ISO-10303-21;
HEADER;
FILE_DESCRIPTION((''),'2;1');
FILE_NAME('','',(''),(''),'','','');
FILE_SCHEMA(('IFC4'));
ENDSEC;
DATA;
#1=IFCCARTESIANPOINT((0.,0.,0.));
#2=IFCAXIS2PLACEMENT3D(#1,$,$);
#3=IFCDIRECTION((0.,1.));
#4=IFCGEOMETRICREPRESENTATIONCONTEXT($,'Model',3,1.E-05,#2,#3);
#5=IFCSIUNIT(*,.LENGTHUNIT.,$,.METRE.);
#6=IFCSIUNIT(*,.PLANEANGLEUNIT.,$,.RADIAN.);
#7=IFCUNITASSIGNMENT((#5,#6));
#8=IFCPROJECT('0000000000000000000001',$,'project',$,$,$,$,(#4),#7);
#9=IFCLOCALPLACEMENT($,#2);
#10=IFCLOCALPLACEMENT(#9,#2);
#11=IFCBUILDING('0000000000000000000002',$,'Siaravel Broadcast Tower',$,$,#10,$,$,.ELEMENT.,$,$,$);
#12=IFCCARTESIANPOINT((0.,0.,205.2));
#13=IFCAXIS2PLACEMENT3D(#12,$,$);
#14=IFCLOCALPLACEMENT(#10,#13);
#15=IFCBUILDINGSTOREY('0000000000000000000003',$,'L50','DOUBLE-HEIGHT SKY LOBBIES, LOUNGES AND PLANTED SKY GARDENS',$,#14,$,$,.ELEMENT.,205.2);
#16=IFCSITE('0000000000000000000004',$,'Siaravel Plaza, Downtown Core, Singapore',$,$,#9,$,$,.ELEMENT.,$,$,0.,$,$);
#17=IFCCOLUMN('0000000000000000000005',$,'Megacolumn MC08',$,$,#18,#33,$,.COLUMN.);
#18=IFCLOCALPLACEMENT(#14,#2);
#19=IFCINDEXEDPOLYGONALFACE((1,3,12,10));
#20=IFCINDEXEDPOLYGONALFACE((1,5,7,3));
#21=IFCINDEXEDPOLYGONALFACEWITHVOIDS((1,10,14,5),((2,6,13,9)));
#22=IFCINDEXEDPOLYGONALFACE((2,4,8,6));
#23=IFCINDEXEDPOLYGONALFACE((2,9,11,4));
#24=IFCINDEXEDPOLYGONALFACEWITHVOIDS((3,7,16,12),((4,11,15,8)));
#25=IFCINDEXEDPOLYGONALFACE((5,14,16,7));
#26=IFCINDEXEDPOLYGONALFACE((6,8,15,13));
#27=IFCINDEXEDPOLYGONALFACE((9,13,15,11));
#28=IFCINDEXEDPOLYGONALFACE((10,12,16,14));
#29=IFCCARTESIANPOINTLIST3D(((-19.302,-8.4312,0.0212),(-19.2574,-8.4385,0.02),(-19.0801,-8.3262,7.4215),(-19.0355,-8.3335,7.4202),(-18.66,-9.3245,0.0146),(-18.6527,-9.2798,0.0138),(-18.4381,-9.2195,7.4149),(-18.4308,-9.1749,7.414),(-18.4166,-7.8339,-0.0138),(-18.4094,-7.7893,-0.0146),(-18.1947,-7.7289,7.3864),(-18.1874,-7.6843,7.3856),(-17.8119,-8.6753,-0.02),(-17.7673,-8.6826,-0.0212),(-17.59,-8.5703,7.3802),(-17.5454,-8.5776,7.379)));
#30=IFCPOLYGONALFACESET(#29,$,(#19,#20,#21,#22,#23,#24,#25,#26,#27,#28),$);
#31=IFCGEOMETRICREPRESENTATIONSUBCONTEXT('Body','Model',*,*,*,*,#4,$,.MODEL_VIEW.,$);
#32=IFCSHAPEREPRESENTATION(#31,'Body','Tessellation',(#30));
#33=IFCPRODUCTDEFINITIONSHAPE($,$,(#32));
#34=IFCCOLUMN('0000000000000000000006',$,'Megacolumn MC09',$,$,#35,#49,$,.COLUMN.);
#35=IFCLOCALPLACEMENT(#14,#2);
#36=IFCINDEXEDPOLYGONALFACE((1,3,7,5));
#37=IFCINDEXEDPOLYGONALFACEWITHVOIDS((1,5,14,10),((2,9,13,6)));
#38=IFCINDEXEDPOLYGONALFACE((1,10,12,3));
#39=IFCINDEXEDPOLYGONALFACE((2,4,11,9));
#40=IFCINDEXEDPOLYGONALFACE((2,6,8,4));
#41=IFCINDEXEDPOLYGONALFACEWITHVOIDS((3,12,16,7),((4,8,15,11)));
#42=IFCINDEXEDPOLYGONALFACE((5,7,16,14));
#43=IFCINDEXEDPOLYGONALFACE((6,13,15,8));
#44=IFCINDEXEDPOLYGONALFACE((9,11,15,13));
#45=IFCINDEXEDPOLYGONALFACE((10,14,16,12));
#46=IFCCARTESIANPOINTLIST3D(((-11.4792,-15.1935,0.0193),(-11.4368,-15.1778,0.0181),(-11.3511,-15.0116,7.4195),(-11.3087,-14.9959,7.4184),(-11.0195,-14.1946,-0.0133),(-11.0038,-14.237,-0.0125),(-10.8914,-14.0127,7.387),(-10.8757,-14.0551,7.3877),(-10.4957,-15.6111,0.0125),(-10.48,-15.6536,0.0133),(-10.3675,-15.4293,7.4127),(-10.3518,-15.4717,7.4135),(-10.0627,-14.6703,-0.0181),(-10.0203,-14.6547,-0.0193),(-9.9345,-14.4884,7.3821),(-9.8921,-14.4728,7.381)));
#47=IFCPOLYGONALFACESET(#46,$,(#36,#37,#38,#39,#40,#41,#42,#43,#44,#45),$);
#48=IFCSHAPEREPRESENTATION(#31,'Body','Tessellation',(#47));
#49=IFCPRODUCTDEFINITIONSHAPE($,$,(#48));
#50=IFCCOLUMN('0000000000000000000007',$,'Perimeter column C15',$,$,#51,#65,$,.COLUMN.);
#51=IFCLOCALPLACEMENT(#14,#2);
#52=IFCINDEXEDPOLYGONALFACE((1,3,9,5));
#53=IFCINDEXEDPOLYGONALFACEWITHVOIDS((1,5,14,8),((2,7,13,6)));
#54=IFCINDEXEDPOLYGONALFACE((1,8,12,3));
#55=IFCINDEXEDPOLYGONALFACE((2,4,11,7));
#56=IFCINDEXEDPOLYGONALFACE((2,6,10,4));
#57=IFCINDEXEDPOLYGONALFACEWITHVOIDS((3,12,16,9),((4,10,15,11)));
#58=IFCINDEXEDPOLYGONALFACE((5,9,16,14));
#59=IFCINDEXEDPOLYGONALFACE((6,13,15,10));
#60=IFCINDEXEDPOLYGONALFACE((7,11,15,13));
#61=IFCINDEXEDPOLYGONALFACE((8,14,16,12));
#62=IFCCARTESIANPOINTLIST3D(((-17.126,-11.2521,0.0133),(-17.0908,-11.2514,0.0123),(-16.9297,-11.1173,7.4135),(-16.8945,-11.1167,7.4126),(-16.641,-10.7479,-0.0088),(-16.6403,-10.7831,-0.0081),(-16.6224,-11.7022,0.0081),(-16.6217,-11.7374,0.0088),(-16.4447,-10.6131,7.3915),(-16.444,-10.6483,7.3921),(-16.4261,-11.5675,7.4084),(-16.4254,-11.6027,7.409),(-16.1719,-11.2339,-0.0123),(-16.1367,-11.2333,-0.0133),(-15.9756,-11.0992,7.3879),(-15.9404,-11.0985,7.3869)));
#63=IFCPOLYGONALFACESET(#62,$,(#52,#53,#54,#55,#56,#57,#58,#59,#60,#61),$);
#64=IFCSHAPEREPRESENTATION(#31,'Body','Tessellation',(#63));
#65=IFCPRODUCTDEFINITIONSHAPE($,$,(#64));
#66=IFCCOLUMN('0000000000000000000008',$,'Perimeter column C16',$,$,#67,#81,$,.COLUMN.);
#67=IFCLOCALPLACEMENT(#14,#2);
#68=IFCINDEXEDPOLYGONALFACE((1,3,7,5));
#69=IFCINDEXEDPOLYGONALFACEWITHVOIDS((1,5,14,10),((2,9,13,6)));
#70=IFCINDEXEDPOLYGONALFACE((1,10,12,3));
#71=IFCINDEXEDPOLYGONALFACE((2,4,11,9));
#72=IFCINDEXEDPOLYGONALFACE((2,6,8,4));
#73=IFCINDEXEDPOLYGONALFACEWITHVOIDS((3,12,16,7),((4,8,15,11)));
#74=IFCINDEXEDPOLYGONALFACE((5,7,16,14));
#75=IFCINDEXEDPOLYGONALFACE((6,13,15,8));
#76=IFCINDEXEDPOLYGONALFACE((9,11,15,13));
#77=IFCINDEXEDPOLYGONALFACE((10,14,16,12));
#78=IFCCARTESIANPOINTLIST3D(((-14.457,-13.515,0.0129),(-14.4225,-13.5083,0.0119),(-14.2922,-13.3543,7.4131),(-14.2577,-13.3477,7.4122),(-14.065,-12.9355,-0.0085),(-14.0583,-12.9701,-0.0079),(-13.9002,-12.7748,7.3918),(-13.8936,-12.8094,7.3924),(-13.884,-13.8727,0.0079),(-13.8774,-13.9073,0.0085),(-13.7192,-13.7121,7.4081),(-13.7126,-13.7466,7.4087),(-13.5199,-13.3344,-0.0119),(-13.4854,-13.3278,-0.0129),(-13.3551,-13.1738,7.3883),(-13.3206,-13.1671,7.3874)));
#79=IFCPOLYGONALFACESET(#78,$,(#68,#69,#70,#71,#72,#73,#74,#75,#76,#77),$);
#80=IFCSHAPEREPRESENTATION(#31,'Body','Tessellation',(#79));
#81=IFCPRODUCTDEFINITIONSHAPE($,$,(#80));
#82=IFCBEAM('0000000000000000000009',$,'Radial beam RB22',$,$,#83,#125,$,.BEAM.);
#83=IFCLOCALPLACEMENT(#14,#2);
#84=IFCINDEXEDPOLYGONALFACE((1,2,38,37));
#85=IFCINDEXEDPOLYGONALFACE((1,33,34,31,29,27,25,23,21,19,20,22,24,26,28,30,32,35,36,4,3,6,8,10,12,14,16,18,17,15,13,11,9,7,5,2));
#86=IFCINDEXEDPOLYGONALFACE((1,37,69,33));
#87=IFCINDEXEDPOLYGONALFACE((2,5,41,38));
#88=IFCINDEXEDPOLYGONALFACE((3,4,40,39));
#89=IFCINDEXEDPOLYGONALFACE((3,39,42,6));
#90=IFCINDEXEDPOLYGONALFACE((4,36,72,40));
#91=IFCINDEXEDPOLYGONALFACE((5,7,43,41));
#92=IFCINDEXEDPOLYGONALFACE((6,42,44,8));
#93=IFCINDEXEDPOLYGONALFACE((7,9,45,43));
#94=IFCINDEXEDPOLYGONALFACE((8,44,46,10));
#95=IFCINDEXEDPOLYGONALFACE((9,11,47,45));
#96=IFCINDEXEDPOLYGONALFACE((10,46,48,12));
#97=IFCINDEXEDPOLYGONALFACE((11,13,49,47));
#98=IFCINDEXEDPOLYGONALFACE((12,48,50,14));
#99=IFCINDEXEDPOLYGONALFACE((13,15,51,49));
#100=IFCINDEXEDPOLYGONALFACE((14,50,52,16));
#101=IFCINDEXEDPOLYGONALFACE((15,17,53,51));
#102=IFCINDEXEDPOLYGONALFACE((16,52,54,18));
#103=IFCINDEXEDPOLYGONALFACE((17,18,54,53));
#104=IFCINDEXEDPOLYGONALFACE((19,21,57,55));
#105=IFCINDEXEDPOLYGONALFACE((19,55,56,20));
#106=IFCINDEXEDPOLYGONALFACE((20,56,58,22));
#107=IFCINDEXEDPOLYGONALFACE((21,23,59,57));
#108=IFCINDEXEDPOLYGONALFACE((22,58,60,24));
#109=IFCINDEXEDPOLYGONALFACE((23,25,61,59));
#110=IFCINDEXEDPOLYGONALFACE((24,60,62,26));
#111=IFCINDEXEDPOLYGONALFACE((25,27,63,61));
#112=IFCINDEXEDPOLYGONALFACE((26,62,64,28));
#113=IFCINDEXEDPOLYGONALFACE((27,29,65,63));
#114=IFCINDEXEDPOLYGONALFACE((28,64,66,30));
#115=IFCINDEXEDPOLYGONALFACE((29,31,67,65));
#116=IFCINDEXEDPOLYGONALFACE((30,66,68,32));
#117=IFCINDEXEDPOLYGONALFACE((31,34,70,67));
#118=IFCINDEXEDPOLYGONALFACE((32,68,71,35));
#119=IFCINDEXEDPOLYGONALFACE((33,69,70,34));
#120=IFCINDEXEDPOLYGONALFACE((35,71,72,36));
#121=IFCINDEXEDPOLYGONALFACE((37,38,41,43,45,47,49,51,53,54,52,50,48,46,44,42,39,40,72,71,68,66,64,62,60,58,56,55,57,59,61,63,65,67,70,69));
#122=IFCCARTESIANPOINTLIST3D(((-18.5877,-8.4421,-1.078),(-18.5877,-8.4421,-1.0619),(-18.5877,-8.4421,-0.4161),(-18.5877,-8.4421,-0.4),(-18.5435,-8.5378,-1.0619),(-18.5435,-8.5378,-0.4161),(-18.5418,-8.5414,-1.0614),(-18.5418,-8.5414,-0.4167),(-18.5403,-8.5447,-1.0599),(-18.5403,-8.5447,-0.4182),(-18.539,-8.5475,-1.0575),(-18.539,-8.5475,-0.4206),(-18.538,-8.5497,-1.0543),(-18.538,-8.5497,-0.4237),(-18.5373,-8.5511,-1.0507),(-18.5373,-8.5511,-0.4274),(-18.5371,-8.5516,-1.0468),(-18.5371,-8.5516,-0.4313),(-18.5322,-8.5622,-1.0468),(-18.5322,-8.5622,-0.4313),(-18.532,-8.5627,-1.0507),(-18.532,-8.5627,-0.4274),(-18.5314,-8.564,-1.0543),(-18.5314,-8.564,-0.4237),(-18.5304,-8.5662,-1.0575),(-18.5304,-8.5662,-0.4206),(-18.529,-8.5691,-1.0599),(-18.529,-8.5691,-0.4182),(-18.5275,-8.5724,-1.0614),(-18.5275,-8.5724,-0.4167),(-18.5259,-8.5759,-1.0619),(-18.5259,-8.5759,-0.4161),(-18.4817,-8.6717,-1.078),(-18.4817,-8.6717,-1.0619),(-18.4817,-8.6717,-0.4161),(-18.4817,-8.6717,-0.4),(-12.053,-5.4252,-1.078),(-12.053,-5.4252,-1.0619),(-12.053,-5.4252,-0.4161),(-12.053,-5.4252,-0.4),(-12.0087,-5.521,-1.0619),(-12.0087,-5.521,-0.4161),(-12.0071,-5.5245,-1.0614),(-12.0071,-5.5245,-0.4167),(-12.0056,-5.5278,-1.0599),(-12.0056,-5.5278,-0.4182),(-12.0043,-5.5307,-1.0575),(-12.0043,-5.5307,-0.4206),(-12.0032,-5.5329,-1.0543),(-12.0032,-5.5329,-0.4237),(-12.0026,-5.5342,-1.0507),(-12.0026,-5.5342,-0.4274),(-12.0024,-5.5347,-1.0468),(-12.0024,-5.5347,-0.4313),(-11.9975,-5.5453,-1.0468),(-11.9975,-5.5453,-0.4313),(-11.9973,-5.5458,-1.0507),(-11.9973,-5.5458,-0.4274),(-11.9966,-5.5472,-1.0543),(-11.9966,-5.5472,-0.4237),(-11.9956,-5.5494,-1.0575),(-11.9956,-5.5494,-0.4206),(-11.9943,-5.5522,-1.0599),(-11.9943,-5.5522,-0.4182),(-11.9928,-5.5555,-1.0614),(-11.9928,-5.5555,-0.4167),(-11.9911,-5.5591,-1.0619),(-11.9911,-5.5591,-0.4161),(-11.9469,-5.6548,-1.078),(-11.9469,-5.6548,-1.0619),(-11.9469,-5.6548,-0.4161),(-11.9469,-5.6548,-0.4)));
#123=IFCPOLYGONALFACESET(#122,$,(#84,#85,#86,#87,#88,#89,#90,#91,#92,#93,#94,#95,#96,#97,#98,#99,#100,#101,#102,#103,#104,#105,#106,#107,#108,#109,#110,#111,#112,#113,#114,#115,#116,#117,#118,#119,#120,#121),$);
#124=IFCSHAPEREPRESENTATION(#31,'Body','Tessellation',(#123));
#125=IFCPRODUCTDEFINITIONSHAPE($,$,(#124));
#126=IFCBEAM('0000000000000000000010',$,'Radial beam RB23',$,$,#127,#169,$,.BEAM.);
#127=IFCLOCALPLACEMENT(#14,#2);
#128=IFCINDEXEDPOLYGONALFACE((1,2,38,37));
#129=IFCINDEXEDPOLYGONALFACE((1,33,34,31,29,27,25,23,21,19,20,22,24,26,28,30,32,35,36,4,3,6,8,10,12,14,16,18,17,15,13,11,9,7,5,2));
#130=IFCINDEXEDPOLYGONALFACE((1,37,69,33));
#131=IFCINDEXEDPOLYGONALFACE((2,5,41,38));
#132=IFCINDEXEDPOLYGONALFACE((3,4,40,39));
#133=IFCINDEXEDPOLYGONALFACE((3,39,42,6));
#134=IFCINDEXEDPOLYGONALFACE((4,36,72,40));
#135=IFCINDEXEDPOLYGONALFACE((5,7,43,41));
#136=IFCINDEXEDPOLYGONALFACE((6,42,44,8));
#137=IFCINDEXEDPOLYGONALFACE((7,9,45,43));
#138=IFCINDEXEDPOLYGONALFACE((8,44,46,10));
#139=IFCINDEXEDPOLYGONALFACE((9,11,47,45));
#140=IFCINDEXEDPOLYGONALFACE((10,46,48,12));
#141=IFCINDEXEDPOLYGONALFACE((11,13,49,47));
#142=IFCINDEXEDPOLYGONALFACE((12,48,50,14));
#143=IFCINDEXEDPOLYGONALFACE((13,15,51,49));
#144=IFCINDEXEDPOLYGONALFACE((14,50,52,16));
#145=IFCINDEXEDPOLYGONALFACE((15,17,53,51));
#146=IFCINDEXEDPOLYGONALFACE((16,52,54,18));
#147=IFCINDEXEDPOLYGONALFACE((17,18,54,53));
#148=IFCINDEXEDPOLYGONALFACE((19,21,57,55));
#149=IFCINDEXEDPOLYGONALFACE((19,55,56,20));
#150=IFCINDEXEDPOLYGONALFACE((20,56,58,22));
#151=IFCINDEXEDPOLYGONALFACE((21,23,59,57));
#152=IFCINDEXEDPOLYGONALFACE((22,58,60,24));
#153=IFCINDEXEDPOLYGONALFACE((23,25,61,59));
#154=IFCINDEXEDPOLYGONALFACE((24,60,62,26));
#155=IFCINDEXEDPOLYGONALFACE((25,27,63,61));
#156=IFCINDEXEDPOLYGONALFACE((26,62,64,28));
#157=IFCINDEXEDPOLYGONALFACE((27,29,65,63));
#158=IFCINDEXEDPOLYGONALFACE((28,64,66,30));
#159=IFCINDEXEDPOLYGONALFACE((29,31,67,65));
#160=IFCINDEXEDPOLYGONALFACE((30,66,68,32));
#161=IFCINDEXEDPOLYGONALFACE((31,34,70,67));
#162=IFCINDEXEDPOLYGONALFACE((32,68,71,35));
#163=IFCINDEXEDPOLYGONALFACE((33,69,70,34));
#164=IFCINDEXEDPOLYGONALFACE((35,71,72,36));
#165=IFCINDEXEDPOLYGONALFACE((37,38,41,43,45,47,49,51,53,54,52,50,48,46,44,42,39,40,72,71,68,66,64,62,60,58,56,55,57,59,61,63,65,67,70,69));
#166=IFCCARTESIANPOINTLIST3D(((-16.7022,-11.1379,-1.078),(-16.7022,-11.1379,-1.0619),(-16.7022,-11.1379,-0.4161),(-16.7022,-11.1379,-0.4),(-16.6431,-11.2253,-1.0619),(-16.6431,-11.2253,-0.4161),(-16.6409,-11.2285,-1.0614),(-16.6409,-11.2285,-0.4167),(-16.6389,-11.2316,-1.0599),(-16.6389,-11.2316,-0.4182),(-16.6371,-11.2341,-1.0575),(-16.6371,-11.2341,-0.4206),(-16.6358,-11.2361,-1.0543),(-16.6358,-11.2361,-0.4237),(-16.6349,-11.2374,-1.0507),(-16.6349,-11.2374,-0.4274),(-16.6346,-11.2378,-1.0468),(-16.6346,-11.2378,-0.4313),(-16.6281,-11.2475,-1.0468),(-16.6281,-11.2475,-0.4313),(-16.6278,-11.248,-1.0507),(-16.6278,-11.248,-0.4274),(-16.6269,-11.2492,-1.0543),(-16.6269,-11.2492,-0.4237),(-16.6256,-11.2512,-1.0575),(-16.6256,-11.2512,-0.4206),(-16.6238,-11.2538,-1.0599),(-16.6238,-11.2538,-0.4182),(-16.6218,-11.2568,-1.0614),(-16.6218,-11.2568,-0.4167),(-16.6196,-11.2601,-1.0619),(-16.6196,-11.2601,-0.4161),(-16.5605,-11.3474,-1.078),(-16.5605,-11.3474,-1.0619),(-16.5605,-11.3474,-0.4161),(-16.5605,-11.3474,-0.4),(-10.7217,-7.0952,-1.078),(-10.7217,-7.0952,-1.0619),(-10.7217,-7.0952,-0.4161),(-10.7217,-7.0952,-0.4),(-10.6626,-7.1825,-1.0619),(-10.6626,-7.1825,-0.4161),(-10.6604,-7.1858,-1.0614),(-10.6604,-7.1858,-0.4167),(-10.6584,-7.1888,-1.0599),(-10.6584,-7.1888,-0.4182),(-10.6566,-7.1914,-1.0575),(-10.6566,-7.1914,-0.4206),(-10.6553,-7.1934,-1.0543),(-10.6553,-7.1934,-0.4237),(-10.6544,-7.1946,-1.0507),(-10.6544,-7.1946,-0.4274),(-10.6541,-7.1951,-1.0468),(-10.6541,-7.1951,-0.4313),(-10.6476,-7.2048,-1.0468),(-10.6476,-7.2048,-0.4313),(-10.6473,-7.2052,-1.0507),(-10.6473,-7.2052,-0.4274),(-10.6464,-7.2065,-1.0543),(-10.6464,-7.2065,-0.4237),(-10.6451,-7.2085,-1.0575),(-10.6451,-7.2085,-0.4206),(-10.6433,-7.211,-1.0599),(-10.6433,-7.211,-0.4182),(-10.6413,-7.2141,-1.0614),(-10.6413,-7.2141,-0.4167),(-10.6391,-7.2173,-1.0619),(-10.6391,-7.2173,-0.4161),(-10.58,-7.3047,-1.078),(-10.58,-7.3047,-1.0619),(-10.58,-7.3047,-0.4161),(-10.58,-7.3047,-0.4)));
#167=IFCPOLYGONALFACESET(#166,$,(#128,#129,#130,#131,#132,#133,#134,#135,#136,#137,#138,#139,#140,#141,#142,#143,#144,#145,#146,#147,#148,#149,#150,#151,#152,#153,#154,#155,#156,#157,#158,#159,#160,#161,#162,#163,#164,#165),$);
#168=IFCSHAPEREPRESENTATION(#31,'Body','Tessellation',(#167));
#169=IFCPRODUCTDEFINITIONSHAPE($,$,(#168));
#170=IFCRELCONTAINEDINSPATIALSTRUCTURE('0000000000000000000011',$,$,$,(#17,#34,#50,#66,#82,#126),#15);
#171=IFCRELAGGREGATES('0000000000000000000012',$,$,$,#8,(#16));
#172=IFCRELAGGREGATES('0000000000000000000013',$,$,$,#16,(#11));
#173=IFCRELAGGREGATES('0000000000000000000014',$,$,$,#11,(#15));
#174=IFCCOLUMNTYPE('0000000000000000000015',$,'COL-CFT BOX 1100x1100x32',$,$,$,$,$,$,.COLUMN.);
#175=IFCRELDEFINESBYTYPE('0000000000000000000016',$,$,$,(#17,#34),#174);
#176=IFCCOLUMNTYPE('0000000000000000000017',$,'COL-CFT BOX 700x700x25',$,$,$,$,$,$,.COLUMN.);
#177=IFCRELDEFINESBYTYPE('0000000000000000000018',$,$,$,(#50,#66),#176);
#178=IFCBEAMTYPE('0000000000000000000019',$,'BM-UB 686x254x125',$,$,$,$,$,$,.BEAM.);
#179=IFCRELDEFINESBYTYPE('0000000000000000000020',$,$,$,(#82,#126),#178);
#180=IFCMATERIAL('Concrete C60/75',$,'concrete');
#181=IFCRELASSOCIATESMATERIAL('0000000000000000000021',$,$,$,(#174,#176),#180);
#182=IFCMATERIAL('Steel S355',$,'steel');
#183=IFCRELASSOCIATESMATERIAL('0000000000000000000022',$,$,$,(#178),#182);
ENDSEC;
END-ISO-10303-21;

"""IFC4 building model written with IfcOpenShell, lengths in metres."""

from ifc_helpers import new_model, si_unit, direction, frame, origin, origin_2d, place, context, subcontext, project, spatial, hollow_rectangle, i_section, extrude, material, material_profile, profile_set, type_object, element, save


model = new_model("IFC4")

# Units and contexts
model_context = context("Model", 3, precision=1e-05, world=origin(), true_north=direction((0.0, 1.0)))
body_context = subcontext(model_context, "Body", "Model", "MODEL_VIEW")
ifc_project = project(units=[si_unit("LENGTHUNIT", "METRE"), si_unit("PLANEANGLEUNIT", "RADIAN")], contexts=[model_context])

# Site, building, storey
site_placement = place(None, origin())
site = spatial("IfcSite", under=ifc_project, at=site_placement, Name="Siaravel Plaza, Downtown Core, Singapore", CompositionType="ELEMENT", RefElevation=0.0)
building_placement = place(site_placement, origin())
building = spatial("IfcBuilding", under=site, at=building_placement, Name="Siaravel Broadcast Tower", CompositionType="ELEMENT")
storey_placement = place(building_placement, frame((0.0, 0.0, 205.2)))
storey = spatial("IfcBuildingStorey", under=building, at=storey_placement, Name="L50", Description="DOUBLE-HEIGHT SKY LOBBIES, LOUNGES AND PLANTED SKY GARDENS", CompositionType="ELEMENT", Elevation=205.2)

# Columns
ifc_material_1 = material(Name="Concrete C60/75", Category="concrete")
ifc_material_profile_1 = material_profile(ifc_material_1, hollow_rectangle(XDim=1.1001, YDim=1.1001, WallThickness=0.032, at=origin_2d()))
ifc_profile_set_1 = profile_set([ifc_material_profile_1], Name="Concrete C60/75")
column_type_1 = type_object("IfcColumnType", Name="COL-CFT BOX 1100x1100x32", PredefinedType="COLUMN", material=ifc_profile_set_1)
column_1_placement = place(storey_placement, frame((-18.5347, -8.5569, 0.0), z_axis=(0.029973, 0.014178, 0.99945), x_axis=(-0.583641, 0.81199, 0.005984)))
element("IfcColumn", 1, at=column_1_placement, inside=storey, type_object=column_type_1, Name="Megacolumn MC08", PredefinedType="COLUMN", context=body_context, shape_type="SweptSolid", body=[
    extrude(hollow_rectangle(XDim=1.1001, YDim=1.1001, WallThickness=0.032, at=origin_2d()), origin(), (0.0, 0.0, 1.0), 7.4043),
])
column_2_placement = place(storey_placement, frame((-10.7498, -14.9241, 0.0), z_axis=(0.017313, 0.024567, 0.999548), x_axis=(-0.908335, 0.418208, 0.005454)))
element("IfcColumn", 2, at=column_2_placement, inside=storey, type_object=column_type_1, Name="Megacolumn MC09", PredefinedType="COLUMN", context=body_context, shape_type="SweptSolid", body=[
    extrude(hollow_rectangle(XDim=1.1001, YDim=1.1001, WallThickness=0.032, at=origin_2d()), origin(), (0.0, 0.0, 1.0), 7.4036),
])
ifc_material_profile_2 = material_profile(ifc_material_1, hollow_rectangle(XDim=0.7, YDim=0.7, WallThickness=0.0249, at=origin_2d()))
ifc_profile_set_2 = profile_set([ifc_material_profile_2], Name="Concrete C60/75")
column_type_2 = type_object("IfcColumnType", Name="COL-CFT BOX 700x700x25", PredefinedType="COLUMN", material=ifc_profile_set_2)
column_3_placement = place(storey_placement, frame((-16.6313, -11.2427, 0.0), z_axis=(0.026511, 0.018202, 0.999483), x_axis=(-0.720516, 0.693408, 0.006484)))
element("IfcColumn", 3, at=column_3_placement, inside=storey, type_object=column_type_2, Name="Perimeter column C15", PredefinedType="COLUMN", context=body_context, shape_type="SweptSolid", body=[
    extrude(hollow_rectangle(XDim=0.7, YDim=0.7, WallThickness=0.0249, at=origin_2d()), origin(), (0.0, 0.0, 1.0), 7.4041),
])
column_4_placement = place(storey_placement, frame((-13.9712, -13.4214, 0.0), z_axis=(0.022258, 0.021698, 0.999517), x_axis=(-0.82816, 0.560457, 0.006276)))
element("IfcColumn", 4, at=column_4_placement, inside=storey, type_object=column_type_2, Name="Perimeter column C16", PredefinedType="COLUMN", context=body_context, shape_type="SweptSolid", body=[
    extrude(hollow_rectangle(XDim=0.7, YDim=0.7, WallThickness=0.0249, at=origin_2d()), origin(), (0.0, 0.0, 1.0), 7.4038),
])

# Beams
ifc_material_2 = material(Name="Steel S355", Category="steel")
ifc_material_profile_3 = material_profile(ifc_material_2, i_section(OverallWidth=0.2529, OverallDepth=0.678, WebThickness=0.0117, FlangeThickness=0.0161, FilletRadius=0.0151, at=origin_2d()))
ifc_profile_set_3 = profile_set([ifc_material_profile_3], Name="Steel S355")
beam_type = type_object("IfcBeamType", Name="BM-UB 686x254x125", PredefinedType="BEAM", material=ifc_profile_set_3)
beam_1_placement = place(storey_placement, frame((-18.5347, -8.5569, -0.739), z_axis=(0.907915, 0.419155, 0.0), x_axis=(-0.419155, 0.907915, 0.0)))
element("IfcBeam", 5, at=beam_1_placement, inside=storey, type_object=beam_type, Name="Radial beam RB22", PredefinedType="BEAM", context=body_context, shape_type="SweptSolid", body=[
    extrude(i_section(OverallWidth=0.2529, OverallDepth=0.678, WebThickness=0.0117, FlangeThickness=0.0161, FilletRadius=0.0151, at=origin_2d()), origin(), (0.0, 0.0, 1.0), 7.1975),
])
beam_2_placement = place(storey_placement, frame((-16.6313, -11.2427, -0.739), z_axis=(0.828469, 0.560035, 0.0), x_axis=(-0.560035, 0.828469, 0.0)))
element("IfcBeam", 6, at=beam_2_placement, inside=storey, type_object=beam_type, Name="Radial beam RB23", PredefinedType="BEAM", context=body_context, shape_type="SweptSolid", body=[
    extrude(i_section(OverallWidth=0.2529, OverallDepth=0.678, WebThickness=0.0117, FlangeThickness=0.0161, FilletRadius=0.0151, at=origin_2d()), origin(), (0.0, 0.0, 1.0), 7.2188),
])

save(model, "model.ifc")
